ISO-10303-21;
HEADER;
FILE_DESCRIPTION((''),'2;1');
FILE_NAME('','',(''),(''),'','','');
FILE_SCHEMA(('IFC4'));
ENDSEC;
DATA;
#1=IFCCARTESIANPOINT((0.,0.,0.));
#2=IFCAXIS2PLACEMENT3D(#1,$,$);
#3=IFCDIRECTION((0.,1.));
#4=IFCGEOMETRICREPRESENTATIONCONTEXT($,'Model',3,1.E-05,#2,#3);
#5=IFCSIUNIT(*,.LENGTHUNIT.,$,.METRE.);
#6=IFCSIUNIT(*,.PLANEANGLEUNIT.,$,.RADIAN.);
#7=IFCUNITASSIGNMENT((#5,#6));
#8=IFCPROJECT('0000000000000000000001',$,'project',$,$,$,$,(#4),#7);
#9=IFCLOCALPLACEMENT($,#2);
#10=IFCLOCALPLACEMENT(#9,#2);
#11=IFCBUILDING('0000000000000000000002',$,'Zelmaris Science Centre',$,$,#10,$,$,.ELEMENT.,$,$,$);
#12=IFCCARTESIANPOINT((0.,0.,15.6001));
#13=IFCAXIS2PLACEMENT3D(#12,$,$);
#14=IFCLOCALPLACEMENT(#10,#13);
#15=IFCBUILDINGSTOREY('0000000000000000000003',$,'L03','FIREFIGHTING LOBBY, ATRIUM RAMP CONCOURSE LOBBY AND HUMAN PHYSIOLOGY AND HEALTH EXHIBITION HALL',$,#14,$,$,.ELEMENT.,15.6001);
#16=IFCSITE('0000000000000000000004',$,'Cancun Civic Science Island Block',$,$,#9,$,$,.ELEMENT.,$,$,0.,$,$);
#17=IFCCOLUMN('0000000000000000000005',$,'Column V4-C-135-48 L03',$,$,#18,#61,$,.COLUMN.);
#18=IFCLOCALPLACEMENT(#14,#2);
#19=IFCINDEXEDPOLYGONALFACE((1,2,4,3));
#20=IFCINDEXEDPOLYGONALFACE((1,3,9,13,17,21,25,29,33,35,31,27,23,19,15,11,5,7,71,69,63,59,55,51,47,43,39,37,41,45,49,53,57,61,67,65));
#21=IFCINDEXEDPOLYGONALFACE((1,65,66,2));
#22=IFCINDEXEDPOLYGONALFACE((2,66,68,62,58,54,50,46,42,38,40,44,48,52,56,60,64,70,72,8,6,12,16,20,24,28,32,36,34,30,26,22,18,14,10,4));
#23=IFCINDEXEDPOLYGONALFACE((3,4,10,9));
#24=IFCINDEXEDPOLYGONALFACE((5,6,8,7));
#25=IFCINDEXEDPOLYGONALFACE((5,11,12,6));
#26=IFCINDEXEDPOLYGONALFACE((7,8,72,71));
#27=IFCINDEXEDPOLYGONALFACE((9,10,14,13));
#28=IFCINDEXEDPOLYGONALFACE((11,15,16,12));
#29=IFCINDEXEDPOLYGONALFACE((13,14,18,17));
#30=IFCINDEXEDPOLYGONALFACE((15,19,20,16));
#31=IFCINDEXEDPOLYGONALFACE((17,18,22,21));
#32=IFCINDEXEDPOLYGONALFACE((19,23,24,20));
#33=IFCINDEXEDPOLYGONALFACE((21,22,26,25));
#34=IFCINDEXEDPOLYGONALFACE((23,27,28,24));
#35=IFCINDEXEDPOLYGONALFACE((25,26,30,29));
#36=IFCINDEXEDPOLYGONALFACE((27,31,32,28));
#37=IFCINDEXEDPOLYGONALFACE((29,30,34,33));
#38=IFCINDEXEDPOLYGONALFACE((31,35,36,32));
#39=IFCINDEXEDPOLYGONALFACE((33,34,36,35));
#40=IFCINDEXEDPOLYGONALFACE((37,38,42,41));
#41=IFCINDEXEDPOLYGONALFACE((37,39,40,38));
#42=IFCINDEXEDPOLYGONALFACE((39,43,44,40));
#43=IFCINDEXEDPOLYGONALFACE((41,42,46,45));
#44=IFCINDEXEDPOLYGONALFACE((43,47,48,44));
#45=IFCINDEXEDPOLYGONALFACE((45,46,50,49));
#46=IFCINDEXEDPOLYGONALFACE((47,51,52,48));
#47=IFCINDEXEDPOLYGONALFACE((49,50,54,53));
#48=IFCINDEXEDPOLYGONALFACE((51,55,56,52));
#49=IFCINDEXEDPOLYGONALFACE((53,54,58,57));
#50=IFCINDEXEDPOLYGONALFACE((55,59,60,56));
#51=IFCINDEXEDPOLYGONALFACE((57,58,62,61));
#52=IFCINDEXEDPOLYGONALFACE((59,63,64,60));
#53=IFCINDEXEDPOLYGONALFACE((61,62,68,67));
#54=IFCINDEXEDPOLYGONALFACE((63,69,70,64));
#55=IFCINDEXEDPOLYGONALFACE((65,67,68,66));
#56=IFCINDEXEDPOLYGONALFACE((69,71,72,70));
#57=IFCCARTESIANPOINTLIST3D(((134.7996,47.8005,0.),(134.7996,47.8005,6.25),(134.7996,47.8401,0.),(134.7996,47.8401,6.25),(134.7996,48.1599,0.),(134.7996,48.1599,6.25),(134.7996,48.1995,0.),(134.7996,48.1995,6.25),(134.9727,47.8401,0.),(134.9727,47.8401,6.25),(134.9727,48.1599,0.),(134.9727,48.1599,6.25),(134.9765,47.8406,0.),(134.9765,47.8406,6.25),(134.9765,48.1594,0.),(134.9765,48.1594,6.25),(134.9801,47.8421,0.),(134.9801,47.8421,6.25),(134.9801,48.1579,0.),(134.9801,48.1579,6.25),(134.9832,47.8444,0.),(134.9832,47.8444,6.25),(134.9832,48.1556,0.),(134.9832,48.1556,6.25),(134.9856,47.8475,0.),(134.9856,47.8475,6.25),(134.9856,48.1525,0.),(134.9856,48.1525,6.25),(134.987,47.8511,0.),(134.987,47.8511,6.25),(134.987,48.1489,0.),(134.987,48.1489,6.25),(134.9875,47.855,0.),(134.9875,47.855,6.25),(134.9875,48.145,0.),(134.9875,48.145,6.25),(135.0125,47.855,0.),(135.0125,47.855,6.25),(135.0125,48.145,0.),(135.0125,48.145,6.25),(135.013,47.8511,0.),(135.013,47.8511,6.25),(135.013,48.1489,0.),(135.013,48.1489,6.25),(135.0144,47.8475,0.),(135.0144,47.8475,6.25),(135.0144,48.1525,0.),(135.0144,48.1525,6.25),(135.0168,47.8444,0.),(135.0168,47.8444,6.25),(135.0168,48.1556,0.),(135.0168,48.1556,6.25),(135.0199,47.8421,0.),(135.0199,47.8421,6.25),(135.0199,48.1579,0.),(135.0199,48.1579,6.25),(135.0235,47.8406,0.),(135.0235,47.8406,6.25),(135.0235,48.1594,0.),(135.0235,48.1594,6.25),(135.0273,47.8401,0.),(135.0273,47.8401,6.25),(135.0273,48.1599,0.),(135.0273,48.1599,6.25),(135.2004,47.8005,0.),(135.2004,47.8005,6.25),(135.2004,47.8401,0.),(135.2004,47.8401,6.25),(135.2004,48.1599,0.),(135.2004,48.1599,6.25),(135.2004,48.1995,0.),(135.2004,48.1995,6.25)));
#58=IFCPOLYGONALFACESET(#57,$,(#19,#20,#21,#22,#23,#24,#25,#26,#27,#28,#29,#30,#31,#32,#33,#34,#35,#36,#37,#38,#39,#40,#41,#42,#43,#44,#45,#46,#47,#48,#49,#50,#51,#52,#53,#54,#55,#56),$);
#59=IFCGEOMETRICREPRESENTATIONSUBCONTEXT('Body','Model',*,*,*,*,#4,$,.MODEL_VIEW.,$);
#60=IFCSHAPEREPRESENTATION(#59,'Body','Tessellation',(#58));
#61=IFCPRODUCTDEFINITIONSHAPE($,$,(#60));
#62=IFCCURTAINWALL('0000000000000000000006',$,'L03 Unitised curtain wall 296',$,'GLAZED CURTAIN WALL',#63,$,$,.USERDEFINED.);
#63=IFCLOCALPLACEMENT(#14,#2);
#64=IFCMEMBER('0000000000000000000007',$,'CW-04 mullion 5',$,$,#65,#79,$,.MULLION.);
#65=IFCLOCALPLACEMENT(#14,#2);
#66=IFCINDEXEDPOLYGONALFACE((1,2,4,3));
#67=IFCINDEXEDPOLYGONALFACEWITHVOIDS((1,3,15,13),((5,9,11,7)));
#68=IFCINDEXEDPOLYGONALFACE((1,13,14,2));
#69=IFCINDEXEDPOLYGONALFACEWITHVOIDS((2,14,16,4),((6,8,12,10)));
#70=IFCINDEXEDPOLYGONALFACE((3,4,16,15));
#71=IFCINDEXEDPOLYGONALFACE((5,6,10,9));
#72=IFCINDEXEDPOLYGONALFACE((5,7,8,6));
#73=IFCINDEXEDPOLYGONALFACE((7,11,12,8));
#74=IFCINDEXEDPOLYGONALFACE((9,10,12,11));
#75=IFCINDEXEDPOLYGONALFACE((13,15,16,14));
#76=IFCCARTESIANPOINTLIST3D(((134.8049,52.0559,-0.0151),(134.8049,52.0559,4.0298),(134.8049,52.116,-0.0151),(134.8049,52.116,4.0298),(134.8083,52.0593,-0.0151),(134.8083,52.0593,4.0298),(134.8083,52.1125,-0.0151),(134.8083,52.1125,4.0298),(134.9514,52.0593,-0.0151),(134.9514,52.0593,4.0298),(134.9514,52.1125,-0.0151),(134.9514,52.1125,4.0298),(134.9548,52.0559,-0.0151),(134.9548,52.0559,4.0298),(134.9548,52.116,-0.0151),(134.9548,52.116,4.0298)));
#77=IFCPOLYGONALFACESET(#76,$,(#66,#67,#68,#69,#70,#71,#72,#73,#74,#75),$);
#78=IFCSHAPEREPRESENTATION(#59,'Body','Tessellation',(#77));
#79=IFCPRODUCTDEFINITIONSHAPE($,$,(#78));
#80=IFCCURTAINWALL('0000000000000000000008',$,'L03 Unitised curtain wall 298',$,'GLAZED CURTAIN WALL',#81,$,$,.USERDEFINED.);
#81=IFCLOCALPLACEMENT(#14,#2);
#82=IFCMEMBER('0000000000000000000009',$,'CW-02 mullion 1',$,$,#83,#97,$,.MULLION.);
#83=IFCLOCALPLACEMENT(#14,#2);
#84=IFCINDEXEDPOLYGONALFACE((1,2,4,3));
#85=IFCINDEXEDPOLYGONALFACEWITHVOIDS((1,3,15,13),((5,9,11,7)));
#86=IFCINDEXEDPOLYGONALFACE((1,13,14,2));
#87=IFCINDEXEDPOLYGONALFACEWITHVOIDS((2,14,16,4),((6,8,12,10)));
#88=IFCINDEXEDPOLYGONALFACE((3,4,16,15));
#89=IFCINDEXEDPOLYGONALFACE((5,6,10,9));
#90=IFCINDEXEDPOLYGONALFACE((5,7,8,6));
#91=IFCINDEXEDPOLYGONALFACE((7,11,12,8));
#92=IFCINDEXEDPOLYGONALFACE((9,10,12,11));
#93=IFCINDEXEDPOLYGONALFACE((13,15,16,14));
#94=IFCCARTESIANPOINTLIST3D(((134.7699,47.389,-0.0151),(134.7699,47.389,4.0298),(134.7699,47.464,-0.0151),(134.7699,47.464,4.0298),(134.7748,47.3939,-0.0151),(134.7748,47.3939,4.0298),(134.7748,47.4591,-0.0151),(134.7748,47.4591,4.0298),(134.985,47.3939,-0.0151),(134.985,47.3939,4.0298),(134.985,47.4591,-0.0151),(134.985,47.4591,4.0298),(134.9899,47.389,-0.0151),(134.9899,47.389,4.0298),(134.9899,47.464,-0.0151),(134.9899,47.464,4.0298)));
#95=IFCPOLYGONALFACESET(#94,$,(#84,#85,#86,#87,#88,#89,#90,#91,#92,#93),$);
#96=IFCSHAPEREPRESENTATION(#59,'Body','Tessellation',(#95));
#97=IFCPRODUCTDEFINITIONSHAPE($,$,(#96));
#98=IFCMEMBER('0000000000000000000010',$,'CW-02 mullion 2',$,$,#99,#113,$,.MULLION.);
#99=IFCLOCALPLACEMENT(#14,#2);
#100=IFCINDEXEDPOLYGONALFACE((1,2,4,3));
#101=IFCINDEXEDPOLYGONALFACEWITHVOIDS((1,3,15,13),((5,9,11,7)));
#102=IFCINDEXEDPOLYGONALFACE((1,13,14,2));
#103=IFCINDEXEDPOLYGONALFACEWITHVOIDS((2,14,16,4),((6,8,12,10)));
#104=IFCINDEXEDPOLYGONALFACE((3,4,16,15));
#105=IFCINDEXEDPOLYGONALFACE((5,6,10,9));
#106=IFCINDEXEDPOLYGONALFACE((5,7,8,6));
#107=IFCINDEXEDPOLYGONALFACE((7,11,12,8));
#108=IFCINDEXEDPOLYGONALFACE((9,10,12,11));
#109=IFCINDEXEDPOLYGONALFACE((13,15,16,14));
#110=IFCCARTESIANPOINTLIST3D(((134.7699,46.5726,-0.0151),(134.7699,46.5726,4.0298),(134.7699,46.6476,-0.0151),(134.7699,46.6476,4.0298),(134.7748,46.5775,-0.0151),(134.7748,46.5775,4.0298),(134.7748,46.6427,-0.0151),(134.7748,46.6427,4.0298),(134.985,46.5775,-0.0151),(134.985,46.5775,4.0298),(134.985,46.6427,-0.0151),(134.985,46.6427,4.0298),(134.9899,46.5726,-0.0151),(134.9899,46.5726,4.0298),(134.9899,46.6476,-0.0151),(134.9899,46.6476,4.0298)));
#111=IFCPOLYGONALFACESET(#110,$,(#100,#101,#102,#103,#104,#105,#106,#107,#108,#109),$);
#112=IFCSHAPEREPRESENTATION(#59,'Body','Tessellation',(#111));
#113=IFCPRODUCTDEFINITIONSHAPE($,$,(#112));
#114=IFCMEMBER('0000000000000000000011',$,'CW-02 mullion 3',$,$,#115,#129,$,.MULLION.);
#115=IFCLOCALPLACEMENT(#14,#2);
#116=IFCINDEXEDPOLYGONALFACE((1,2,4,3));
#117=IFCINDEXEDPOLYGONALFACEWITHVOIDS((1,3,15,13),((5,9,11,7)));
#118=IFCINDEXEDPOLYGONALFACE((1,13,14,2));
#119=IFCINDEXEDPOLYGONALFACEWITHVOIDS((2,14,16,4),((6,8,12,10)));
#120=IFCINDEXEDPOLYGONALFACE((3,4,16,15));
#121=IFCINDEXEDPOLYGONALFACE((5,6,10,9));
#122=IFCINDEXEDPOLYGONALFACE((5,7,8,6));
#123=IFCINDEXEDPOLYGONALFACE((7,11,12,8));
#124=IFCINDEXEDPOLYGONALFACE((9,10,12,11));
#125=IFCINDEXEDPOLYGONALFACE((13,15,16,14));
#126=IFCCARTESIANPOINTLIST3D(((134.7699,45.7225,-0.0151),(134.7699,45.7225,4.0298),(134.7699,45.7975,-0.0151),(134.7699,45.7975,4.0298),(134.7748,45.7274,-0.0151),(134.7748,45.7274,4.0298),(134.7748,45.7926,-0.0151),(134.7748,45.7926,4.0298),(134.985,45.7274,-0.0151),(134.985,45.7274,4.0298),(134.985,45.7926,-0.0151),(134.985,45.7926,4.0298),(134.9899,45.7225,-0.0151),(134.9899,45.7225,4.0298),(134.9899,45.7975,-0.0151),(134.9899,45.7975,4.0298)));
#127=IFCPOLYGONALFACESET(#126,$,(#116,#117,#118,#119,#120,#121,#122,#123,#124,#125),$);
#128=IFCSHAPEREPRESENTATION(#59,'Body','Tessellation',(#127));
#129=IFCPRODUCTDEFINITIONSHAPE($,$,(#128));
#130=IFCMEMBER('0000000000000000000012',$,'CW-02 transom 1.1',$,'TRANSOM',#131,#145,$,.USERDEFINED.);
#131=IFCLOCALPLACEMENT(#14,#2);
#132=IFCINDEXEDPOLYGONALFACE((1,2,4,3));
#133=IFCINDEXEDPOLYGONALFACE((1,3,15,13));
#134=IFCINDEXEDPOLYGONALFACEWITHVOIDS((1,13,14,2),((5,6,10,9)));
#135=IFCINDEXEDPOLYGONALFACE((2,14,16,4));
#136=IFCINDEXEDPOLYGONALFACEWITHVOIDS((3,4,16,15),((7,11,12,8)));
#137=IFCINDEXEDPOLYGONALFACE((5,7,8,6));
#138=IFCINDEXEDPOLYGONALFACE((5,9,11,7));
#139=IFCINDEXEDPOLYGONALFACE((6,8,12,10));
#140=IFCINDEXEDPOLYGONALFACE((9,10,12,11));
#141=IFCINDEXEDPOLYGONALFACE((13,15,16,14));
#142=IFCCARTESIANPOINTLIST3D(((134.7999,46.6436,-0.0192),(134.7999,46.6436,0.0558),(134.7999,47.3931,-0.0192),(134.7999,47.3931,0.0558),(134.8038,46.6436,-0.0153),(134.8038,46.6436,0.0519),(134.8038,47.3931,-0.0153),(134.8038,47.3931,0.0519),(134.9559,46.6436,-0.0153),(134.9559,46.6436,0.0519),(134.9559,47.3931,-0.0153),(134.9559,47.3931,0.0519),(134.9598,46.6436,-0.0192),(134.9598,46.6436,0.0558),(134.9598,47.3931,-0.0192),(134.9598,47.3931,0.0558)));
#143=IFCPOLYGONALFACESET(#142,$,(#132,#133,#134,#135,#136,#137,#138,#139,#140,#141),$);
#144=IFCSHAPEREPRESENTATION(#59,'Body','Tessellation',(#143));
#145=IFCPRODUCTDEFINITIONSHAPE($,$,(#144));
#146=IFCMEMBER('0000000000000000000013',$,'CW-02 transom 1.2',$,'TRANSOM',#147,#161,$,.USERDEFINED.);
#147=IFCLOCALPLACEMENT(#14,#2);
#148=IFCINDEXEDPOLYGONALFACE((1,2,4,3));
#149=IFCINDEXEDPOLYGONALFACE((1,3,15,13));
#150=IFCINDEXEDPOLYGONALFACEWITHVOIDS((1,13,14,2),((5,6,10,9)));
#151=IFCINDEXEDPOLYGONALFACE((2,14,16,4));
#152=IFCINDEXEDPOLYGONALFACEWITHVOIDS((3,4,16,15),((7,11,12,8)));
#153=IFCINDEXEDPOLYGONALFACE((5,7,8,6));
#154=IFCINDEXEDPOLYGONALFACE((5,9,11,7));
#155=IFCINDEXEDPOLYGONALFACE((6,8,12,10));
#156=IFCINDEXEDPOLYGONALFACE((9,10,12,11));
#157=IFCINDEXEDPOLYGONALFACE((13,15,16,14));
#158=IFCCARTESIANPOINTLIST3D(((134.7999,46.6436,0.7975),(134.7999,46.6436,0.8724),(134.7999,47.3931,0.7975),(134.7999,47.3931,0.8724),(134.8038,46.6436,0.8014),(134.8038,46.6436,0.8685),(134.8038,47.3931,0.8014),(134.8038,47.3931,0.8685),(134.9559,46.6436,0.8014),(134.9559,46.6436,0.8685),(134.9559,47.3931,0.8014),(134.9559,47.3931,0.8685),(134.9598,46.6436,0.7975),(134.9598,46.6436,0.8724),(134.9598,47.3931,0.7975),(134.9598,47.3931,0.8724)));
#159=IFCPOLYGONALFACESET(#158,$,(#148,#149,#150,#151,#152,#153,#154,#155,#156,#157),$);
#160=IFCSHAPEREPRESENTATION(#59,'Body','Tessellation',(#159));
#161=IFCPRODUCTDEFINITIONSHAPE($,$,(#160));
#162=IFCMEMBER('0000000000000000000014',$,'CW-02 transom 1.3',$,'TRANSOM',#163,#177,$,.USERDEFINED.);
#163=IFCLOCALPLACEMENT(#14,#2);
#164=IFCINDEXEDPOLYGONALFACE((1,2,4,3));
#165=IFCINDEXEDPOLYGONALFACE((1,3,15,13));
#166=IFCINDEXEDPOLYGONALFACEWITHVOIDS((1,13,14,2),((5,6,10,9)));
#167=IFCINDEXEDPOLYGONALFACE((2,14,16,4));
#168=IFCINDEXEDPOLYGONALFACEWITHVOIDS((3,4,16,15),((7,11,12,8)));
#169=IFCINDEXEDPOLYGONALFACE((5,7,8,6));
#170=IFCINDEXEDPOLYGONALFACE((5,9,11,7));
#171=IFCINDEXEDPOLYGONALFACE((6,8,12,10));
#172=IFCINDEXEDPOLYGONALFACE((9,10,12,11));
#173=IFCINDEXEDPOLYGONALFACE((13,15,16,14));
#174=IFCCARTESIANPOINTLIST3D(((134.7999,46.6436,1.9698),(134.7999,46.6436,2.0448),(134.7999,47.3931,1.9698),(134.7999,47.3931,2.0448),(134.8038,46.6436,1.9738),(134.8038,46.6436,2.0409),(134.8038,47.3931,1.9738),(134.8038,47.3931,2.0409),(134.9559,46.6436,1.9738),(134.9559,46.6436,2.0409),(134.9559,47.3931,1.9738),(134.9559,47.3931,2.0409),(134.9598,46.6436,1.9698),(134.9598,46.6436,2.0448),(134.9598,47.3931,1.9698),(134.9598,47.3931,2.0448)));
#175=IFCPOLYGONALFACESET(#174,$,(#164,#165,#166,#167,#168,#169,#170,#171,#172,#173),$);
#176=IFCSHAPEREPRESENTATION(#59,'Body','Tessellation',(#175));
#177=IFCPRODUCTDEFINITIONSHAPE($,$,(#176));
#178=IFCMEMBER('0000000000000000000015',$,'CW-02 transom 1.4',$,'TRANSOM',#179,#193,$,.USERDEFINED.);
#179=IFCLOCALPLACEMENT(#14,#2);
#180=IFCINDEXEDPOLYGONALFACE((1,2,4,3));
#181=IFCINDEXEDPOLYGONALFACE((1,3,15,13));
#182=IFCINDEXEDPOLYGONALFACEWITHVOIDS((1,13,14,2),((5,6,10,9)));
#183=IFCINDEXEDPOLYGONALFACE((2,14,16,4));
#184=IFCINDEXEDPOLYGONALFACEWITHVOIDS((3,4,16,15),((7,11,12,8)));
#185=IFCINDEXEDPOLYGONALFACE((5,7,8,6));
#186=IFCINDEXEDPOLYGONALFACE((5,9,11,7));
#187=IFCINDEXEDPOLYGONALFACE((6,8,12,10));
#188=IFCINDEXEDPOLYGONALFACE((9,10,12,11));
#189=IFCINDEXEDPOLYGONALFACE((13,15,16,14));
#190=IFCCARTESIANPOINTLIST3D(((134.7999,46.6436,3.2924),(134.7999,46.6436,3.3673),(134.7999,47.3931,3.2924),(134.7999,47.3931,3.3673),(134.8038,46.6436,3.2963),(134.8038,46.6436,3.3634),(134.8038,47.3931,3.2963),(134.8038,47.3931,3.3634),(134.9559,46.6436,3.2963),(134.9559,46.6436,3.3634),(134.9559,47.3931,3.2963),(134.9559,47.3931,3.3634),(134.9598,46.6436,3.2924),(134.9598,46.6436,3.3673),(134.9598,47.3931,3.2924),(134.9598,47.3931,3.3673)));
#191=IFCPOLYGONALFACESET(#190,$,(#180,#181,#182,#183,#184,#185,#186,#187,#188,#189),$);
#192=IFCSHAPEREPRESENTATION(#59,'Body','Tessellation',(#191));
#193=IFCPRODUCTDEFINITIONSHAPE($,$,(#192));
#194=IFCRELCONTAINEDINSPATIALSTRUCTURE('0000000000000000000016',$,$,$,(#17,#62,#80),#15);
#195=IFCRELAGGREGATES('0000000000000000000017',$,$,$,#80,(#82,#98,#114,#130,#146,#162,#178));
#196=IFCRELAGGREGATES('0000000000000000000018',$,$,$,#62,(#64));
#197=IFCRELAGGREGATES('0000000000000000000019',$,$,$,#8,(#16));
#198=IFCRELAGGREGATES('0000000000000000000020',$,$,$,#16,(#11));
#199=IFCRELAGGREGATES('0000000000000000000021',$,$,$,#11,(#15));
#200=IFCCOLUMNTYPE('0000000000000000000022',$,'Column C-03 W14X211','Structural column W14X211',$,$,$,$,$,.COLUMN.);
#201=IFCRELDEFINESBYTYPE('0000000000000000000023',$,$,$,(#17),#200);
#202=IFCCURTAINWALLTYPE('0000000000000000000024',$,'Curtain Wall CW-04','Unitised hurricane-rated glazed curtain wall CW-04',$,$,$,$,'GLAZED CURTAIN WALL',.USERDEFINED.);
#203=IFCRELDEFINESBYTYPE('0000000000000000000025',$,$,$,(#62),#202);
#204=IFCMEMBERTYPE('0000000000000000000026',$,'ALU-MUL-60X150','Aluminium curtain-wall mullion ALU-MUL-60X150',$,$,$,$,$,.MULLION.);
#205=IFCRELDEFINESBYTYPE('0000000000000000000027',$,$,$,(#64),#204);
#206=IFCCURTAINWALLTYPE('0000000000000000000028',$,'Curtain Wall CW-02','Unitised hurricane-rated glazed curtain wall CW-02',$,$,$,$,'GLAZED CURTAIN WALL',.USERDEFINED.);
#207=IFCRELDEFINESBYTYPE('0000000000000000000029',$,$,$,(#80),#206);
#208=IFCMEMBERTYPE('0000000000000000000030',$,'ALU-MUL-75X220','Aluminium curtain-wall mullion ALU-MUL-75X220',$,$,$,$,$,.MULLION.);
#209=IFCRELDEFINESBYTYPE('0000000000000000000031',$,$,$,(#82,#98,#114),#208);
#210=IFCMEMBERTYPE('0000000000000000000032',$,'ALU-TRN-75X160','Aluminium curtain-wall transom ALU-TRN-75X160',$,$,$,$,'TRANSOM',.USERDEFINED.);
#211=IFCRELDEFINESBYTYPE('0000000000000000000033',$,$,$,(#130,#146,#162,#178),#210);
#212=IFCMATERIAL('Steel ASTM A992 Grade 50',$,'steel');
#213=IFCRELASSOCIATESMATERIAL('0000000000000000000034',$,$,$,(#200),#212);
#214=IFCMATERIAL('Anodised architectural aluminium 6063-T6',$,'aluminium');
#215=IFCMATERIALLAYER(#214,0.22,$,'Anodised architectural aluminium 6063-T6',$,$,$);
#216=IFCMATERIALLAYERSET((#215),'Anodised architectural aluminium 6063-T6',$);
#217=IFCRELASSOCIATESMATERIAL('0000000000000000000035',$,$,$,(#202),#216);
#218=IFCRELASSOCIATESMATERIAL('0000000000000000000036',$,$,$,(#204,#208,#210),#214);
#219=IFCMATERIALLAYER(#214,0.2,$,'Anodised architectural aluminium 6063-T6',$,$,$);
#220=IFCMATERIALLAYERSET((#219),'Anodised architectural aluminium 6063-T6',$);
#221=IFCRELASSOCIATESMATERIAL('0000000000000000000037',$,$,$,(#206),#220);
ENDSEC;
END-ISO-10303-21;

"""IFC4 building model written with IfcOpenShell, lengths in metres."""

from ifc_helpers import new_model, si_unit, direction, frame, origin, origin_2d, place, context, subcontext, project, spatial, hollow_rectangle, i_section, extrude, material, layer, layer_set, material_profile, profile_set, type_object, element, aggregate, save


model = new_model("IFC4")

# Units and contexts
model_context = context("Model", 3, precision=1e-05, world=origin(), true_north=direction((0.0, 1.0)))
body_context = subcontext(model_context, "Body", "Model", "MODEL_VIEW")
ifc_project = project(units=[si_unit("LENGTHUNIT", "METRE"), si_unit("PLANEANGLEUNIT", "RADIAN")], contexts=[model_context])

# Site, building, storey
site_placement = place(None, origin())
site = spatial("IfcSite", under=ifc_project, at=site_placement, Name="Cancun Civic Science Island Block", CompositionType="ELEMENT", RefElevation=0.0)
building_placement = place(site_placement, origin())
building = spatial("IfcBuilding", under=site, at=building_placement, Name="Zelmaris Science Centre", CompositionType="ELEMENT")
storey_placement = place(building_placement, frame((0.0, 0.0, 15.6001)))
storey = spatial("IfcBuildingStorey", under=building, at=storey_placement, Name="L03", Description="FIREFIGHTING LOBBY, ATRIUM RAMP CONCOURSE LOBBY AND HUMAN PHYSIOLOGY AND HEALTH EXHIBITION HALL", CompositionType="ELEMENT", Elevation=15.6001)

# Column
ifc_material_1 = material(Name="Steel ASTM A992 Grade 50", Category="steel")
ifc_material_profile_1 = material_profile(ifc_material_1, i_section(OverallWidth=0.4009, OverallDepth=0.3989, WebThickness=0.0249, FlangeThickness=0.0396, FilletRadius=0.0149, at=origin_2d()), Name="W14X211")
ifc_profile_set_1 = profile_set([ifc_material_profile_1], Name="Steel ASTM A992 Grade 50")
column_type = type_object("IfcColumnType", Name="Column C-03 W14X211", Description="Structural column W14X211", PredefinedType="COLUMN", material=ifc_profile_set_1)
column_placement = place(storey_placement, frame((135.0, 48.0, 0.0), z_axis=(0.0, 0.0, 1.0), x_axis=(1.0, 0.0, 0.0)))
element("IfcColumn", 1, at=column_placement, inside=storey, type_object=column_type, Name="Column V4-C-135-48 L03", PredefinedType="COLUMN", context=body_context, shape_type="SweptSolid", body=[
    extrude(i_section(OverallWidth=0.4009, OverallDepth=0.3989, WebThickness=0.0249, FlangeThickness=0.0396, FilletRadius=0.0149, at=origin_2d()), origin(), (0.0, 0.0, 1.0), 6.25),
])

# Curtain wall, member
ifc_material_2 = material(Name="Anodised architectural aluminium 6063-T6", Category="aluminium")
ifc_layer_1 = layer(ifc_material_2, 0.22, Name="Anodised architectural aluminium 6063-T6")
ifc_layer_set_1 = layer_set([ifc_layer_1], Name="Anodised architectural aluminium 6063-T6")
curtain_wall_type_1 = type_object("IfcCurtainWallType", Name="Curtain Wall CW-04", Description="Unitised hurricane-rated glazed curtain wall CW-04", ElementType="GLAZED CURTAIN WALL", PredefinedType="USERDEFINED", material=ifc_layer_set_1)
curtain_wall_1_placement = place(storey_placement, origin())
curtain_wall_1 = element("IfcCurtainWall", 2, at=curtain_wall_1_placement, inside=storey, type_object=curtain_wall_type_1, Name="L03 Unitised curtain wall 296", ObjectType="GLAZED CURTAIN WALL", PredefinedType="USERDEFINED")
ifc_material_profile_2 = material_profile(ifc_material_2, hollow_rectangle(XDim=0.0601, YDim=0.1499, WallThickness=0.0034, at=origin_2d()), Name="ALU-MUL-60X150")
ifc_profile_set_2 = profile_set([ifc_material_profile_2], Name="Anodised architectural aluminium 6063-T6")
member_type_1 = type_object("IfcMemberType", Name="ALU-MUL-60X150", Description="Aluminium curtain-wall mullion ALU-MUL-60X150", PredefinedType="MULLION", material=ifc_profile_set_2)
member_1_placement = place(storey_placement, frame((134.8799, 52.0859, -0.0151), z_axis=(0.0, 0.0, 1.0), x_axis=(0.0, -1.0, 0.0)))
member_1 = element("IfcMember", 3, at=member_1_placement, type_object=member_type_1, Name="CW-04 mullion 5", PredefinedType="MULLION", context=body_context, shape_type="SweptSolid", body=[
    extrude(hollow_rectangle(XDim=0.0601, YDim=0.1499, WallThickness=0.0034, at=origin_2d()), origin(), (0.0, 0.0, 1.0), 4.0449),
])

# Curtain wall, members
ifc_layer_2 = layer(ifc_material_2, 0.2, Name="Anodised architectural aluminium 6063-T6")
ifc_layer_set_2 = layer_set([ifc_layer_2], Name="Anodised architectural aluminium 6063-T6")
curtain_wall_type_2 = type_object("IfcCurtainWallType", Name="Curtain Wall CW-02", Description="Unitised hurricane-rated glazed curtain wall CW-02", ElementType="GLAZED CURTAIN WALL", PredefinedType="USERDEFINED", material=ifc_layer_set_2)
curtain_wall_2_placement = place(storey_placement, origin())
curtain_wall_2 = element("IfcCurtainWall", 4, at=curtain_wall_2_placement, inside=storey, type_object=curtain_wall_type_2, Name="L03 Unitised curtain wall 298", ObjectType="GLAZED CURTAIN WALL", PredefinedType="USERDEFINED")
ifc_material_profile_3 = material_profile(ifc_material_2, hollow_rectangle(XDim=0.075, YDim=0.22, WallThickness=0.0049, at=origin_2d()), Name="ALU-MUL-75X220")
ifc_profile_set_3 = profile_set([ifc_material_profile_3], Name="Anodised architectural aluminium 6063-T6")
member_type_2 = type_object("IfcMemberType", Name="ALU-MUL-75X220", Description="Aluminium curtain-wall mullion ALU-MUL-75X220", PredefinedType="MULLION", material=ifc_profile_set_3)
member_2_placement = place(storey_placement, frame((134.8799, 47.4265, -0.0151), z_axis=(0.0, 0.0, 1.0), x_axis=(0.0, -1.0, 0.0)))
member_2 = element("IfcMember", 5, at=member_2_placement, type_object=member_type_2, Name="CW-02 mullion 1", PredefinedType="MULLION", context=body_context, shape_type="SweptSolid", body=[
    extrude(hollow_rectangle(XDim=0.075, YDim=0.22, WallThickness=0.0049, at=origin_2d()), origin(), (0.0, 0.0, 1.0), 4.0449),
])
member_3_placement = place(storey_placement, frame((134.8799, 46.6101, -0.0151), z_axis=(0.0, 0.0, 1.0), x_axis=(0.0, -1.0, 0.0)))
member_3 = element("IfcMember", 6, at=member_3_placement, type_object=member_type_2, Name="CW-02 mullion 2", PredefinedType="MULLION", context=body_context, shape_type="SweptSolid", body=[
    extrude(hollow_rectangle(XDim=0.075, YDim=0.22, WallThickness=0.0049, at=origin_2d()), origin(), (0.0, 0.0, 1.0), 4.0449),
])
member_4_placement = place(storey_placement, frame((134.8799, 45.76, -0.0151), z_axis=(0.0, 0.0, 1.0), x_axis=(0.0, -1.0, 0.0)))
member_4 = element("IfcMember", 7, at=member_4_placement, type_object=member_type_2, Name="CW-02 mullion 3", PredefinedType="MULLION", context=body_context, shape_type="SweptSolid", body=[
    extrude(hollow_rectangle(XDim=0.075, YDim=0.22, WallThickness=0.0049, at=origin_2d()), origin(), (0.0, 0.0, 1.0), 4.0449),
])
ifc_material_profile_4 = material_profile(ifc_material_2, hollow_rectangle(XDim=0.075, YDim=0.1599, WallThickness=0.0039, at=origin_2d()), Name="ALU-TRN-75X160")
ifc_profile_set_4 = profile_set([ifc_material_profile_4], Name="Anodised architectural aluminium 6063-T6")
member_type_3 = type_object("IfcMemberType", Name="ALU-TRN-75X160", Description="Aluminium curtain-wall transom ALU-TRN-75X160", ElementType="TRANSOM", PredefinedType="USERDEFINED", material=ifc_profile_set_4)
member_5_placement = place(storey_placement, frame((134.8799, 47.3931, 0.0183), z_axis=(0.0, -1.0, 0.0), x_axis=(0.0, 0.0, 1.0)))
member_5 = element("IfcMember", 8, at=member_5_placement, type_object=member_type_3, Name="CW-02 transom 1.1", ObjectType="TRANSOM", PredefinedType="USERDEFINED", context=body_context, shape_type="SweptSolid", body=[
    extrude(hollow_rectangle(XDim=0.075, YDim=0.1599, WallThickness=0.0039, at=origin_2d()), origin(), (0.0, 0.0, 1.0), 0.7495),
])
member_6_placement = place(storey_placement, frame((134.8799, 47.3931, 0.835), z_axis=(0.0, -1.0, 0.0), x_axis=(0.0, 0.0, 1.0)))
member_6 = element("IfcMember", 9, at=member_6_placement, type_object=member_type_3, Name="CW-02 transom 1.2", ObjectType="TRANSOM", PredefinedType="USERDEFINED", context=body_context, shape_type="SweptSolid", body=[
    extrude(hollow_rectangle(XDim=0.075, YDim=0.1599, WallThickness=0.0039, at=origin_2d()), origin(), (0.0, 0.0, 1.0), 0.7495),
])
member_7_placement = place(storey_placement, frame((134.8799, 47.3931, 2.0073), z_axis=(0.0, -1.0, 0.0), x_axis=(0.0, 0.0, 1.0)))
member_7 = element("IfcMember", 10, at=member_7_placement, type_object=member_type_3, Name="CW-02 transom 1.3", ObjectType="TRANSOM", PredefinedType="USERDEFINED", context=body_context, shape_type="SweptSolid", body=[
    extrude(hollow_rectangle(XDim=0.075, YDim=0.1599, WallThickness=0.0039, at=origin_2d()), origin(), (0.0, 0.0, 1.0), 0.7495),
])
member_8_placement = place(storey_placement, frame((134.8799, 47.3931, 3.3298), z_axis=(0.0, -1.0, 0.0), x_axis=(0.0, 0.0, 1.0)))
member_8 = element("IfcMember", 11, at=member_8_placement, type_object=member_type_3, Name="CW-02 transom 1.4", ObjectType="TRANSOM", PredefinedType="USERDEFINED", context=body_context, shape_type="SweptSolid", body=[
    extrude(hollow_rectangle(XDim=0.075, YDim=0.1599, WallThickness=0.0039, at=origin_2d()), origin(), (0.0, 0.0, 1.0), 0.7495),
])

aggregate(curtain_wall_2, [member_2, member_3, member_4, member_5, member_6, member_7, member_8])
aggregate(curtain_wall_1, [member_1])

save(model, "model.ifc")
